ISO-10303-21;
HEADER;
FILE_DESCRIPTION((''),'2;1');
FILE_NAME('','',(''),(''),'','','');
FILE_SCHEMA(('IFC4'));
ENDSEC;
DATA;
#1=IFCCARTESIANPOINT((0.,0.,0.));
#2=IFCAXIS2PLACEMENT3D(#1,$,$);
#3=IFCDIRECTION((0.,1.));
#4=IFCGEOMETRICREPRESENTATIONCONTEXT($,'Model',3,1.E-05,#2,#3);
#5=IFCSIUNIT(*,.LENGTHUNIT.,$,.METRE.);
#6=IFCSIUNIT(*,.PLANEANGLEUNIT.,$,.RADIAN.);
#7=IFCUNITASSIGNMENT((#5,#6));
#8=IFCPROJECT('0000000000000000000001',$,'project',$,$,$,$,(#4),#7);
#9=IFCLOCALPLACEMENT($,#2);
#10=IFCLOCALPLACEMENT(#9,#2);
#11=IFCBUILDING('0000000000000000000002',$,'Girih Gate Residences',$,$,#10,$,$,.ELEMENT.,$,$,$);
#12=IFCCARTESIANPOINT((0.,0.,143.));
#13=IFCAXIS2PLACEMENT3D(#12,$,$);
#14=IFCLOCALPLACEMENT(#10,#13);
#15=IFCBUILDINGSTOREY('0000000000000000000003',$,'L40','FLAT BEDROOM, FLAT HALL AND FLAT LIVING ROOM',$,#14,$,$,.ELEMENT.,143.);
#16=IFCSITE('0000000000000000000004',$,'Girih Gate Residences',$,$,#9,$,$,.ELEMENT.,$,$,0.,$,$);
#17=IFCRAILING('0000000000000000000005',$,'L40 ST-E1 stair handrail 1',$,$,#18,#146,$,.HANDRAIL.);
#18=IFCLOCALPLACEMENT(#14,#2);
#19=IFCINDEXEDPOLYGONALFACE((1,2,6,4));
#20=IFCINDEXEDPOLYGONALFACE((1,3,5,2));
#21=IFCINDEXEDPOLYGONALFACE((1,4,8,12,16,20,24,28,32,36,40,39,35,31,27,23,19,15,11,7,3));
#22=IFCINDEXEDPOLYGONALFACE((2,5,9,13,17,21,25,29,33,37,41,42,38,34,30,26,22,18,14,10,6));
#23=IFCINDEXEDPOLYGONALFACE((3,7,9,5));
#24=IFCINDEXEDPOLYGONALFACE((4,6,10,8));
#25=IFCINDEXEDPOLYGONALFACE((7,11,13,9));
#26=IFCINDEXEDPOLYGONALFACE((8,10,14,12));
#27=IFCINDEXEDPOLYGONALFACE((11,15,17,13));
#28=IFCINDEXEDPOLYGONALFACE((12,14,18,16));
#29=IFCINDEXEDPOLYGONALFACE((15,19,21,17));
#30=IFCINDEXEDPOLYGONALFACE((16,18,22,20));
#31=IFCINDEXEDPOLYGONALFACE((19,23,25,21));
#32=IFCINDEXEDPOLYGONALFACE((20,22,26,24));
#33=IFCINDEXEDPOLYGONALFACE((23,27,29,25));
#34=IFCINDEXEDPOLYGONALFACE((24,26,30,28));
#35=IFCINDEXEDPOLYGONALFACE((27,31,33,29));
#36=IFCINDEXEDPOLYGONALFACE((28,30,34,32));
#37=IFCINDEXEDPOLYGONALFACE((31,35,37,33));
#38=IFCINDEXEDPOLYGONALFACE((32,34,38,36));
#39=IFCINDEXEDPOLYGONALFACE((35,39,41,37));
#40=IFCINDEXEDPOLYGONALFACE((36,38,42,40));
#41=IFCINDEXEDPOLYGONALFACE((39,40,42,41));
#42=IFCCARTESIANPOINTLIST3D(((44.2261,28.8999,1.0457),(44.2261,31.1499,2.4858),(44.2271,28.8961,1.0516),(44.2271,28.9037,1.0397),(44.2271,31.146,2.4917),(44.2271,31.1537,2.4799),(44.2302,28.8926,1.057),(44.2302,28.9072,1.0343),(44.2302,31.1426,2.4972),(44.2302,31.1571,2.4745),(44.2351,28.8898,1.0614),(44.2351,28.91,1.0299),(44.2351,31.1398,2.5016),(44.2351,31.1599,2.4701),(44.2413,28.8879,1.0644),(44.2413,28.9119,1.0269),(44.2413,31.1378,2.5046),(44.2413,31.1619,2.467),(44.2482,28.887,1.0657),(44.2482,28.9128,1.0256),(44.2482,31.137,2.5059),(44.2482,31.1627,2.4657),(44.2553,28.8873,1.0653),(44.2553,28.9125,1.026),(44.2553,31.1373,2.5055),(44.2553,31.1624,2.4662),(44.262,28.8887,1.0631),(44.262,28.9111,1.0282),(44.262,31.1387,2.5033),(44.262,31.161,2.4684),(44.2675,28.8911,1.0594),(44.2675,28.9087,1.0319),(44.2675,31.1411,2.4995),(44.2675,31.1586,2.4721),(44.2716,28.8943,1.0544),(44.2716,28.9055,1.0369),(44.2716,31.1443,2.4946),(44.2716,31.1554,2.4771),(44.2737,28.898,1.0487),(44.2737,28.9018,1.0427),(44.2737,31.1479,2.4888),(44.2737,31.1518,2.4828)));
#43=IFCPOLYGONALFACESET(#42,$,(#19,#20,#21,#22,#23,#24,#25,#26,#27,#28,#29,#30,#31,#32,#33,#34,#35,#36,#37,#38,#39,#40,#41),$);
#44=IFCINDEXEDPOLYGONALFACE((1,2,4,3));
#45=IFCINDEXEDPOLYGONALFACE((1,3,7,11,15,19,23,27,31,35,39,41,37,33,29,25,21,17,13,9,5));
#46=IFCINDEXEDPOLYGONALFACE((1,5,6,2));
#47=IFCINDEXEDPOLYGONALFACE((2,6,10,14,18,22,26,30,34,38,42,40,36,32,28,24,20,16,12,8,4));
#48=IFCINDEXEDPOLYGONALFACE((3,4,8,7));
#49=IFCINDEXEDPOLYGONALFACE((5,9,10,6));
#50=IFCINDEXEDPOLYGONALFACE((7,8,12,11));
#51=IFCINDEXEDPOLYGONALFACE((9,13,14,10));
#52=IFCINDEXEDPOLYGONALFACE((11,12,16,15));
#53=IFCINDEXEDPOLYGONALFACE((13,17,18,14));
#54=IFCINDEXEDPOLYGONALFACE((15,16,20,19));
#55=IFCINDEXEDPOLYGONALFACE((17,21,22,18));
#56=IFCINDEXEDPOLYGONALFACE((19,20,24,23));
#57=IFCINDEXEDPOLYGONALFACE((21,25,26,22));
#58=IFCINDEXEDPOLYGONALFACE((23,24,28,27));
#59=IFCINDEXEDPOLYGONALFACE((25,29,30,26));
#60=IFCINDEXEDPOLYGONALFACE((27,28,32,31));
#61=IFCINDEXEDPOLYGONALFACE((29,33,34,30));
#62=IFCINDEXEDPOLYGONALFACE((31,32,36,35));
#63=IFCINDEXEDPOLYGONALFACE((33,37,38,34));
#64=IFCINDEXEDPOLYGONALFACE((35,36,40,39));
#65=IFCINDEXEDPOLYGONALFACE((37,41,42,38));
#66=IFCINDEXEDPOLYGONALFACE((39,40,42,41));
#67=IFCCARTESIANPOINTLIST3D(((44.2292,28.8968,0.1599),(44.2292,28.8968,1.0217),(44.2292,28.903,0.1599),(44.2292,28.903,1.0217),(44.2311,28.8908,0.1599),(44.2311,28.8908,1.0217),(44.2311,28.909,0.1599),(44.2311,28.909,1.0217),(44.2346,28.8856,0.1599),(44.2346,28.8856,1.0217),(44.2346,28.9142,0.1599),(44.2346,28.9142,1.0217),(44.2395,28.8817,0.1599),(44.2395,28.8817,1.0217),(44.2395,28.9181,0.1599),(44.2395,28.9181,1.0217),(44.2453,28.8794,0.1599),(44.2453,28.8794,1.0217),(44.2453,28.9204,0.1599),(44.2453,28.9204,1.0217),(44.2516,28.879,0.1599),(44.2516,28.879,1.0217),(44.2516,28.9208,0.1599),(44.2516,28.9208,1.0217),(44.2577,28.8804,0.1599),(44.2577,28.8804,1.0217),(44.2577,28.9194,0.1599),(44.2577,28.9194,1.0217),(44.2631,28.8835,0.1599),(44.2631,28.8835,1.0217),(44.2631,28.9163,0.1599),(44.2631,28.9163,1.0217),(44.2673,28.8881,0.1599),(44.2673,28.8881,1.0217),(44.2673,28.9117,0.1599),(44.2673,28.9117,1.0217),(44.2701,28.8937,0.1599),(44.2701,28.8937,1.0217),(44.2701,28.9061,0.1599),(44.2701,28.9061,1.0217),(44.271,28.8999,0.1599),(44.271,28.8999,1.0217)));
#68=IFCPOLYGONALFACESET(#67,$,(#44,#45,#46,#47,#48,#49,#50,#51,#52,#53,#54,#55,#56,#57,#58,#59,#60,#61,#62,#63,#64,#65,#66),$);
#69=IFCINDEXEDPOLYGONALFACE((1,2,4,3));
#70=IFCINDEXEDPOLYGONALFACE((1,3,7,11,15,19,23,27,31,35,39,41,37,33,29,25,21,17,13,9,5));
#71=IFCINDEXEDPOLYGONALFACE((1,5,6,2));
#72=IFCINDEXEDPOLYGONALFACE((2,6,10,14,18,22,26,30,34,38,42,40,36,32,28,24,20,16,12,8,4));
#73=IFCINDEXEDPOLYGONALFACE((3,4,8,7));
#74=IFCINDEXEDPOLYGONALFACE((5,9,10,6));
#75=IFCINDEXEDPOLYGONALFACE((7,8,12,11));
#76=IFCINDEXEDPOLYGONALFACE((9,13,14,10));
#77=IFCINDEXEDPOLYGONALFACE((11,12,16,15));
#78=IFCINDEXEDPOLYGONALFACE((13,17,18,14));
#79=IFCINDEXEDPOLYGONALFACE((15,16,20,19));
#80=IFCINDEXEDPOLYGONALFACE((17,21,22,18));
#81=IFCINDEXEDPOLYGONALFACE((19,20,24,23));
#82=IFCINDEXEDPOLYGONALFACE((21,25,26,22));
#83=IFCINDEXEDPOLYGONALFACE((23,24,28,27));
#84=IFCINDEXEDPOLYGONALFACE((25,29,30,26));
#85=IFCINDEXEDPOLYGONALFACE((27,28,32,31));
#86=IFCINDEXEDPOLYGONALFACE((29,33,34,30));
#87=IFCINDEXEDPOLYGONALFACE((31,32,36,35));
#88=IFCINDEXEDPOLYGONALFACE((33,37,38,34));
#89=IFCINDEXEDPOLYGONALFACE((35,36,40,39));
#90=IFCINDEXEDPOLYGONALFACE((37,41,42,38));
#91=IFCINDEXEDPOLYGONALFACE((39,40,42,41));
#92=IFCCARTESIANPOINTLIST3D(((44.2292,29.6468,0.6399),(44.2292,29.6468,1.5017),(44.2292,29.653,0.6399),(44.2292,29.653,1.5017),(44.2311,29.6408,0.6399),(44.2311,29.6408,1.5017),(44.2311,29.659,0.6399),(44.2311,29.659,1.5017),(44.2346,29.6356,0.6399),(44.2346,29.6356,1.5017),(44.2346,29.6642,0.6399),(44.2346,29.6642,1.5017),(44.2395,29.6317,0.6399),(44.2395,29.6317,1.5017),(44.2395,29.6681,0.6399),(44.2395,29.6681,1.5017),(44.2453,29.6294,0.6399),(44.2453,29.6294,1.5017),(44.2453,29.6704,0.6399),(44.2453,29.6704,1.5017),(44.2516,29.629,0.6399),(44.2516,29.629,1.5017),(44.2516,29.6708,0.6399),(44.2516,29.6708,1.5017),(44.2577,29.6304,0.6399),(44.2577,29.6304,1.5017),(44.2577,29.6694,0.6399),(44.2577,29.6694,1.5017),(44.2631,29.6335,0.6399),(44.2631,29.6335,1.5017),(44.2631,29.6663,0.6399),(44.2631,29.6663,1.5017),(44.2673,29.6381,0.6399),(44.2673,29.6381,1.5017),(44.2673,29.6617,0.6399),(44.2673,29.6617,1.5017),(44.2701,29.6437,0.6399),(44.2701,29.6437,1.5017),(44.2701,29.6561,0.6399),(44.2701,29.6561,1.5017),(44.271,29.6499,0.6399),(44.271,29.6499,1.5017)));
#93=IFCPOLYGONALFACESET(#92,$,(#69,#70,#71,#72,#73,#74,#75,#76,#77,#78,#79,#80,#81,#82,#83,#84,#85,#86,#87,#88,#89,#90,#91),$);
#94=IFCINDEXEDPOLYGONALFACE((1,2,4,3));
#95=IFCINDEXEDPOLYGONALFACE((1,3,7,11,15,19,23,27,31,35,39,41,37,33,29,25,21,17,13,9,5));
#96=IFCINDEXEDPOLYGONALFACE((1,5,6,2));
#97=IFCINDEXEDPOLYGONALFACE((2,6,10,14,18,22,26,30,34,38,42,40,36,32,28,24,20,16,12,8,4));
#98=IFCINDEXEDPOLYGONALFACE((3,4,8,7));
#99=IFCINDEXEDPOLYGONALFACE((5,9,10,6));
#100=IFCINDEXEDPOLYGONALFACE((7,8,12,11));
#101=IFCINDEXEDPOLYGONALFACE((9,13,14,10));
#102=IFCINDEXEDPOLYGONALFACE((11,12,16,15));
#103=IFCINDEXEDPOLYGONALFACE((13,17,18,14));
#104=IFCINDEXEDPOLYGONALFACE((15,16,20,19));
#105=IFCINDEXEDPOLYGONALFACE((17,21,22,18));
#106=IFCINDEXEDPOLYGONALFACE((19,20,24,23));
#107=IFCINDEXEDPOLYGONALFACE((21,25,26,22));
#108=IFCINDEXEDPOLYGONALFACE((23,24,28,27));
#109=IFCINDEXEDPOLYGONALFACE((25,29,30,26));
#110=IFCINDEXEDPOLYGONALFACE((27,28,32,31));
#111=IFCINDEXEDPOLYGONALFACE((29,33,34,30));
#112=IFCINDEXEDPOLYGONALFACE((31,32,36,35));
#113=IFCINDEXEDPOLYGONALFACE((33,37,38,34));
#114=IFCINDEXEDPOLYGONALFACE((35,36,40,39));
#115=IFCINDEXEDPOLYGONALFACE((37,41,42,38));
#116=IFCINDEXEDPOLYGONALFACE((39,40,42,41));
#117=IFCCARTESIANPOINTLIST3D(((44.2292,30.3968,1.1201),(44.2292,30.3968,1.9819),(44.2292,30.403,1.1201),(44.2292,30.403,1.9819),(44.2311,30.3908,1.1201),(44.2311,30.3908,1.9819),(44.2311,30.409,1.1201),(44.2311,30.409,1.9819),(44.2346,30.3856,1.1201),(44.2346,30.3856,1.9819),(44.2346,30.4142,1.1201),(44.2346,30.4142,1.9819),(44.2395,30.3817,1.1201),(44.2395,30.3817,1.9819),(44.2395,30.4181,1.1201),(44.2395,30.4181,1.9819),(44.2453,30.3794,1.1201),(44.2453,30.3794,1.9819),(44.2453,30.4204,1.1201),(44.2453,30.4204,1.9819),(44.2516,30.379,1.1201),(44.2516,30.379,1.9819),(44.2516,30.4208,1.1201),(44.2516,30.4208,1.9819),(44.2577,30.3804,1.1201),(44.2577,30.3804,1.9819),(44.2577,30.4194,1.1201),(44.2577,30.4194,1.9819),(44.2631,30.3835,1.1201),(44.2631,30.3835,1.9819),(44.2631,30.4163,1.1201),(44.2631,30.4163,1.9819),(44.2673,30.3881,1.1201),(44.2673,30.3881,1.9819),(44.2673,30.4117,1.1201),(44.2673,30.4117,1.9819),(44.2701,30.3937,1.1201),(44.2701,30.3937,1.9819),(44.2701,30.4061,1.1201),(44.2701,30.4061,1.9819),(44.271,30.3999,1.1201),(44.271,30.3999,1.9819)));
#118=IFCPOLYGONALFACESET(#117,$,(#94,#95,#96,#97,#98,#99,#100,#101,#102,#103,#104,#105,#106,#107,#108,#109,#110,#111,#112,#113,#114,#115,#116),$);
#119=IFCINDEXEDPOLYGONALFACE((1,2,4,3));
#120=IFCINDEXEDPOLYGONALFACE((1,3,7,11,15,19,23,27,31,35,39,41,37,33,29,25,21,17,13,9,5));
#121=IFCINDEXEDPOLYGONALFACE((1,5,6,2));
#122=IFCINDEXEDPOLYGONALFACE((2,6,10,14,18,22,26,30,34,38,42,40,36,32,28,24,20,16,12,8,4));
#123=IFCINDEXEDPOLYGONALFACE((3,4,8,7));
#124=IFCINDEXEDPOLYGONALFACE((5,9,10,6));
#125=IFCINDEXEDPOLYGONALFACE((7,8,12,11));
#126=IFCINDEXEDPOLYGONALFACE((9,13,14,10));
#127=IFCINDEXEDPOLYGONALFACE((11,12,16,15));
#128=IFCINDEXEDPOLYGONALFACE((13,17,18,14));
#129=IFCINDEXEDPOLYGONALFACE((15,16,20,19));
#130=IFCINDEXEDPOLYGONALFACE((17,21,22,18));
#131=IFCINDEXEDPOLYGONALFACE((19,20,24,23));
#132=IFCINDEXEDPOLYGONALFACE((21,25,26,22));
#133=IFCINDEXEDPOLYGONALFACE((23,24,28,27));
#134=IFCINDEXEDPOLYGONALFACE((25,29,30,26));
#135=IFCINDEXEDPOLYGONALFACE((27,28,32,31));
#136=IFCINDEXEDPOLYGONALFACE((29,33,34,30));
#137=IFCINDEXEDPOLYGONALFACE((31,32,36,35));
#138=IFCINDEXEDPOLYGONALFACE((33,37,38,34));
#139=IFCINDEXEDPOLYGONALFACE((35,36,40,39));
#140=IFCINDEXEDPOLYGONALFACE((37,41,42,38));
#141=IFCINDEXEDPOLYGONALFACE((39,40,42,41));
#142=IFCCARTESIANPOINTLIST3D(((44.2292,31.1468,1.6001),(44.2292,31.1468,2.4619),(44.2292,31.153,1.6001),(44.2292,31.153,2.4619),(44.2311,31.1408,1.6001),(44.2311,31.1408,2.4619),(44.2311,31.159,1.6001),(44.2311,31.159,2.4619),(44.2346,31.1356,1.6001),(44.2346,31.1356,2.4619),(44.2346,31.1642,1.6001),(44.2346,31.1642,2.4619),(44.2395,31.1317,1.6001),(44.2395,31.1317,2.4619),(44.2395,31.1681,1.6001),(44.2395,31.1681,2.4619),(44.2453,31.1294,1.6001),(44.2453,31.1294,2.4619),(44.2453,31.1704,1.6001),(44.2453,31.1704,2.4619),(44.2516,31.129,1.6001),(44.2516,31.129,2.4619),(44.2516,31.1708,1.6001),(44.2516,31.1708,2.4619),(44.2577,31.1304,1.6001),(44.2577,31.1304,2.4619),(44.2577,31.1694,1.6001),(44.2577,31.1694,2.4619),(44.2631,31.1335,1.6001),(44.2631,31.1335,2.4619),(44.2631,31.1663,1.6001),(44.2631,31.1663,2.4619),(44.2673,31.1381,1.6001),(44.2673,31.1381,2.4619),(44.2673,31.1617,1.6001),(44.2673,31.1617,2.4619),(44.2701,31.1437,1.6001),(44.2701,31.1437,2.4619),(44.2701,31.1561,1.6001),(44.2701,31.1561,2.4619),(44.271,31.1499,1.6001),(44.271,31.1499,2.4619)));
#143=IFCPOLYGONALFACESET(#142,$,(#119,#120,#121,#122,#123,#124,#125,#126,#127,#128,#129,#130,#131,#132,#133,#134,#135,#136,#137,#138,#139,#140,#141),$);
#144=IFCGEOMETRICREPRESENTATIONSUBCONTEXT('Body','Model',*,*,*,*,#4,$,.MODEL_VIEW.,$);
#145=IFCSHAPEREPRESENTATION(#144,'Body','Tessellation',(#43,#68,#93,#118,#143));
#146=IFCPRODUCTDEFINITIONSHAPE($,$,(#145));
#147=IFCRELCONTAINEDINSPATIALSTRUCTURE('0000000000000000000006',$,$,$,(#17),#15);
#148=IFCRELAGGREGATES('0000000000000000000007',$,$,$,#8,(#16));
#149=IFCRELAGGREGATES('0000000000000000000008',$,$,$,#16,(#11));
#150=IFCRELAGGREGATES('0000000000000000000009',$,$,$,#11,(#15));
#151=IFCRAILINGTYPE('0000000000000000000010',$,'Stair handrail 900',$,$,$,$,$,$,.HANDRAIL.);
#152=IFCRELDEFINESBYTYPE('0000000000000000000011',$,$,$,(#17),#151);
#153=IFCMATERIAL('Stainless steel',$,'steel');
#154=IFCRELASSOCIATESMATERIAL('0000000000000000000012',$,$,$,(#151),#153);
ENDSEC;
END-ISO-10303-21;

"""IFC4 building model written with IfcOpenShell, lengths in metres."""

from ifc_helpers import new_model, si_unit, direction, frame, origin, origin_2d, place, context, subcontext, project, spatial, circle, extrude, material, type_object, element, save


model = new_model("IFC4")

# Units and contexts
model_context = context("Model", 3, precision=1e-05, world=origin(), true_north=direction((0.0, 1.0)))
body_context = subcontext(model_context, "Body", "Model", "MODEL_VIEW")
ifc_project = project(units=[si_unit("LENGTHUNIT", "METRE"), si_unit("PLANEANGLEUNIT", "RADIAN")], contexts=[model_context])

# Site, building, storey
site_placement = place(None, origin())
site = spatial("IfcSite", under=ifc_project, at=site_placement, Name="Girih Gate Residences", CompositionType="ELEMENT", RefElevation=0.0)
building_placement = place(site_placement, origin())
building = spatial("IfcBuilding", under=site, at=building_placement, Name="Girih Gate Residences", CompositionType="ELEMENT")
storey_placement = place(building_placement, frame((0.0, 0.0, 143.0)))
storey = spatial("IfcBuildingStorey", under=building, at=storey_placement, Name="L40", Description="FLAT BEDROOM, FLAT HALL AND FLAT LIVING ROOM", CompositionType="ELEMENT", Elevation=143.0)

# Railing
ifc_material_1 = material(Name="Stainless steel", Category="steel")
railing_type_1 = type_object("IfcRailingType", Name="Stair handrail 900", PredefinedType="HANDRAIL", material=ifc_material_1)
railing_1_placement = place(storey_placement, frame((44.25, 28.8999, 0.1599)))
element("IfcRailing", 1, at=railing_1_placement, inside=storey, type_object=railing_type_1, Name="L40 ST-E1 stair handrail 1", PredefinedType="HANDRAIL", context=body_context, shape_type="SweptSolid", body=[
    extrude(circle(Radius=0.0239, at=origin_2d()), frame((0.0, 0.0, 0.8857), z_axis=(0.0, 0.84224, 0.539103), x_axis=(-1.0, 0.0, 0.0)), (0.0, 0.0, 1.0), 2.6714),
    extrude(circle(Radius=0.021, at=origin_2d()), origin(), (0.0, 0.0, 1.0), 0.8618),
    extrude(circle(Radius=0.021, at=origin_2d()), frame((0.0, 0.75, 0.48)), (0.0, 0.0, 1.0), 0.8618),
    extrude(circle(Radius=0.021, at=origin_2d()), frame((0.0, 1.5, 0.9602)), (0.0, 0.0, 1.0), 0.8618),
    extrude(circle(Radius=0.021, at=origin_2d()), frame((0.0, 2.25, 1.4402)), (0.0, 0.0, 1.0), 0.8618),
])

save(model, "model.ifc")
